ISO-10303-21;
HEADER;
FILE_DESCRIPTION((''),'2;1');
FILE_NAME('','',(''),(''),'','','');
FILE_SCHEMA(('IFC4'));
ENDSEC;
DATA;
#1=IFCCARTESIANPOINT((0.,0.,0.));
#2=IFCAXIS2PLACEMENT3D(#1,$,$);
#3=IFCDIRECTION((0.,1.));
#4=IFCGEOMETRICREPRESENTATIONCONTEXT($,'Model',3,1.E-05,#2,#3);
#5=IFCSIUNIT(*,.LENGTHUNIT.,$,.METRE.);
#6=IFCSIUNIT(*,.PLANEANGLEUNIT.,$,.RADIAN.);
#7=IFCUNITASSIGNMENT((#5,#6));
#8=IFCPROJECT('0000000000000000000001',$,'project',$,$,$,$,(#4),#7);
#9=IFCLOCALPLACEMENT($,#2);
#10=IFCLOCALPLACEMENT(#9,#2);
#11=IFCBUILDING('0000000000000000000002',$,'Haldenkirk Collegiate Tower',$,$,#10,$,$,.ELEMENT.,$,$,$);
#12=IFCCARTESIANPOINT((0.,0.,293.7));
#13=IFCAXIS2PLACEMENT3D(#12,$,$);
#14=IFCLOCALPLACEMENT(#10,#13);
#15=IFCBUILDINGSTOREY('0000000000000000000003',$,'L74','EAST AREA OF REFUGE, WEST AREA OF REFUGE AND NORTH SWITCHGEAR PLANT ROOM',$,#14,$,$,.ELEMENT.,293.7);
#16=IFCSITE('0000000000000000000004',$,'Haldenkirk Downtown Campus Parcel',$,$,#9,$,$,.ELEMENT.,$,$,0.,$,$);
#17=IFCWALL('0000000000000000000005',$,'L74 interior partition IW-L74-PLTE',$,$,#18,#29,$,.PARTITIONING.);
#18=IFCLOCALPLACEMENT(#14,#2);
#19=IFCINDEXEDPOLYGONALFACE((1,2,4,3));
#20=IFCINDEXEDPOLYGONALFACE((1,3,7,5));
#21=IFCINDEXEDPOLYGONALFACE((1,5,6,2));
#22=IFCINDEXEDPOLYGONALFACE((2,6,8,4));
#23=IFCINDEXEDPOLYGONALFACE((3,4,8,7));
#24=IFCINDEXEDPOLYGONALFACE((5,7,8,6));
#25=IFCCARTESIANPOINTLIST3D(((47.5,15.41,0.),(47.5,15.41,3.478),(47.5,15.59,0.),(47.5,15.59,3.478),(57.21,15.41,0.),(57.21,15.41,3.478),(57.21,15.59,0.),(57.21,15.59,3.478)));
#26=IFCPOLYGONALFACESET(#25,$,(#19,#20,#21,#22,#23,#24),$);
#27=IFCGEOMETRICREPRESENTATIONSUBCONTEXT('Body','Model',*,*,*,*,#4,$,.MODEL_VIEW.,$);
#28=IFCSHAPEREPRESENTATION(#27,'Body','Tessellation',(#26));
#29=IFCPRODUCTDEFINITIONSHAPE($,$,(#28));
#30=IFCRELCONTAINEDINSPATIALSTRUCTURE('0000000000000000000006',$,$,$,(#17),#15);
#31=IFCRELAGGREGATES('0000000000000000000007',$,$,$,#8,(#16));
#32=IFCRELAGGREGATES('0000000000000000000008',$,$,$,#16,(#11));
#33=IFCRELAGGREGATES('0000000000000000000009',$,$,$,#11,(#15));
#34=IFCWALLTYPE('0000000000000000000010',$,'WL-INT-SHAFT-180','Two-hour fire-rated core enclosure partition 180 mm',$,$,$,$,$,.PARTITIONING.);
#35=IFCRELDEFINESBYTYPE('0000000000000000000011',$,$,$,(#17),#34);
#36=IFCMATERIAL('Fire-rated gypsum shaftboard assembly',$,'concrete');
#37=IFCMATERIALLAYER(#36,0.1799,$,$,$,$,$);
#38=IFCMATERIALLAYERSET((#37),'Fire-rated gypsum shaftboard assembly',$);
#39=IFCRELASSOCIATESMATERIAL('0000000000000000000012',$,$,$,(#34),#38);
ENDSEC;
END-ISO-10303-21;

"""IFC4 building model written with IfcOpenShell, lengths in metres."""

from ifc_helpers import new_model, si_unit, direction, frame, frame_2d, origin, place, context, subcontext, project, spatial, rectangle, extrude, material, layer, layer_set, type_object, element, save


model = new_model("IFC4")

# Units and contexts
model_context = context("Model", 3, precision=1e-05, world=origin(), true_north=direction((0.0, 1.0)))
body_context = subcontext(model_context, "Body", "Model", "MODEL_VIEW")
ifc_project = project(units=[si_unit("LENGTHUNIT", "METRE"), si_unit("PLANEANGLEUNIT", "RADIAN")], contexts=[model_context])

# Site, building, storey
site_placement = place(None, origin())
site = spatial("IfcSite", under=ifc_project, at=site_placement, Name="Haldenkirk Downtown Campus Parcel", CompositionType="ELEMENT", RefElevation=0.0)
building_placement = place(site_placement, origin())
building = spatial("IfcBuilding", under=site, at=building_placement, Name="Haldenkirk Collegiate Tower", CompositionType="ELEMENT")
storey_placement = place(building_placement, frame((0.0, 0.0, 293.7)))
storey = spatial("IfcBuildingStorey", under=building, at=storey_placement, Name="L74", Description="EAST AREA OF REFUGE, WEST AREA OF REFUGE AND NORTH SWITCHGEAR PLANT ROOM", CompositionType="ELEMENT", Elevation=293.7)

# Shared definitions
ifc_material_1 = material(Name="Fire-rated gypsum shaftboard assembly", Category="concrete")
ifc_layer_1 = layer(ifc_material_1, 0.1799)
ifc_layer_set_1 = layer_set([ifc_layer_1], Name="Fire-rated gypsum shaftboard assembly")
wall_type = type_object("IfcWallType", Name="WL-INT-SHAFT-180", Description="Two-hour fire-rated core enclosure partition 180 mm", PredefinedType="PARTITIONING", material=ifc_layer_set_1)

# Wall
wall_1_placement = place(storey_placement, frame((47.5, 15.5, 0.0), z_axis=(0.0, 0.0, 1.0), x_axis=(1.0, 0.0, 0.0)))
element("IfcWall", 1, at=wall_1_placement, inside=storey, type_object=wall_type, Name="L74 interior partition IW-L74-PLTE", PredefinedType="PARTITIONING", context=body_context, shape_type="SweptSolid", body=[
    extrude(rectangle(XDim=9.71, YDim=0.1799, at=frame_2d((4.855, 0.0))), origin(), (0.0, 0.0, 1.0), 3.478),
])

save(model, "model.ifc")
